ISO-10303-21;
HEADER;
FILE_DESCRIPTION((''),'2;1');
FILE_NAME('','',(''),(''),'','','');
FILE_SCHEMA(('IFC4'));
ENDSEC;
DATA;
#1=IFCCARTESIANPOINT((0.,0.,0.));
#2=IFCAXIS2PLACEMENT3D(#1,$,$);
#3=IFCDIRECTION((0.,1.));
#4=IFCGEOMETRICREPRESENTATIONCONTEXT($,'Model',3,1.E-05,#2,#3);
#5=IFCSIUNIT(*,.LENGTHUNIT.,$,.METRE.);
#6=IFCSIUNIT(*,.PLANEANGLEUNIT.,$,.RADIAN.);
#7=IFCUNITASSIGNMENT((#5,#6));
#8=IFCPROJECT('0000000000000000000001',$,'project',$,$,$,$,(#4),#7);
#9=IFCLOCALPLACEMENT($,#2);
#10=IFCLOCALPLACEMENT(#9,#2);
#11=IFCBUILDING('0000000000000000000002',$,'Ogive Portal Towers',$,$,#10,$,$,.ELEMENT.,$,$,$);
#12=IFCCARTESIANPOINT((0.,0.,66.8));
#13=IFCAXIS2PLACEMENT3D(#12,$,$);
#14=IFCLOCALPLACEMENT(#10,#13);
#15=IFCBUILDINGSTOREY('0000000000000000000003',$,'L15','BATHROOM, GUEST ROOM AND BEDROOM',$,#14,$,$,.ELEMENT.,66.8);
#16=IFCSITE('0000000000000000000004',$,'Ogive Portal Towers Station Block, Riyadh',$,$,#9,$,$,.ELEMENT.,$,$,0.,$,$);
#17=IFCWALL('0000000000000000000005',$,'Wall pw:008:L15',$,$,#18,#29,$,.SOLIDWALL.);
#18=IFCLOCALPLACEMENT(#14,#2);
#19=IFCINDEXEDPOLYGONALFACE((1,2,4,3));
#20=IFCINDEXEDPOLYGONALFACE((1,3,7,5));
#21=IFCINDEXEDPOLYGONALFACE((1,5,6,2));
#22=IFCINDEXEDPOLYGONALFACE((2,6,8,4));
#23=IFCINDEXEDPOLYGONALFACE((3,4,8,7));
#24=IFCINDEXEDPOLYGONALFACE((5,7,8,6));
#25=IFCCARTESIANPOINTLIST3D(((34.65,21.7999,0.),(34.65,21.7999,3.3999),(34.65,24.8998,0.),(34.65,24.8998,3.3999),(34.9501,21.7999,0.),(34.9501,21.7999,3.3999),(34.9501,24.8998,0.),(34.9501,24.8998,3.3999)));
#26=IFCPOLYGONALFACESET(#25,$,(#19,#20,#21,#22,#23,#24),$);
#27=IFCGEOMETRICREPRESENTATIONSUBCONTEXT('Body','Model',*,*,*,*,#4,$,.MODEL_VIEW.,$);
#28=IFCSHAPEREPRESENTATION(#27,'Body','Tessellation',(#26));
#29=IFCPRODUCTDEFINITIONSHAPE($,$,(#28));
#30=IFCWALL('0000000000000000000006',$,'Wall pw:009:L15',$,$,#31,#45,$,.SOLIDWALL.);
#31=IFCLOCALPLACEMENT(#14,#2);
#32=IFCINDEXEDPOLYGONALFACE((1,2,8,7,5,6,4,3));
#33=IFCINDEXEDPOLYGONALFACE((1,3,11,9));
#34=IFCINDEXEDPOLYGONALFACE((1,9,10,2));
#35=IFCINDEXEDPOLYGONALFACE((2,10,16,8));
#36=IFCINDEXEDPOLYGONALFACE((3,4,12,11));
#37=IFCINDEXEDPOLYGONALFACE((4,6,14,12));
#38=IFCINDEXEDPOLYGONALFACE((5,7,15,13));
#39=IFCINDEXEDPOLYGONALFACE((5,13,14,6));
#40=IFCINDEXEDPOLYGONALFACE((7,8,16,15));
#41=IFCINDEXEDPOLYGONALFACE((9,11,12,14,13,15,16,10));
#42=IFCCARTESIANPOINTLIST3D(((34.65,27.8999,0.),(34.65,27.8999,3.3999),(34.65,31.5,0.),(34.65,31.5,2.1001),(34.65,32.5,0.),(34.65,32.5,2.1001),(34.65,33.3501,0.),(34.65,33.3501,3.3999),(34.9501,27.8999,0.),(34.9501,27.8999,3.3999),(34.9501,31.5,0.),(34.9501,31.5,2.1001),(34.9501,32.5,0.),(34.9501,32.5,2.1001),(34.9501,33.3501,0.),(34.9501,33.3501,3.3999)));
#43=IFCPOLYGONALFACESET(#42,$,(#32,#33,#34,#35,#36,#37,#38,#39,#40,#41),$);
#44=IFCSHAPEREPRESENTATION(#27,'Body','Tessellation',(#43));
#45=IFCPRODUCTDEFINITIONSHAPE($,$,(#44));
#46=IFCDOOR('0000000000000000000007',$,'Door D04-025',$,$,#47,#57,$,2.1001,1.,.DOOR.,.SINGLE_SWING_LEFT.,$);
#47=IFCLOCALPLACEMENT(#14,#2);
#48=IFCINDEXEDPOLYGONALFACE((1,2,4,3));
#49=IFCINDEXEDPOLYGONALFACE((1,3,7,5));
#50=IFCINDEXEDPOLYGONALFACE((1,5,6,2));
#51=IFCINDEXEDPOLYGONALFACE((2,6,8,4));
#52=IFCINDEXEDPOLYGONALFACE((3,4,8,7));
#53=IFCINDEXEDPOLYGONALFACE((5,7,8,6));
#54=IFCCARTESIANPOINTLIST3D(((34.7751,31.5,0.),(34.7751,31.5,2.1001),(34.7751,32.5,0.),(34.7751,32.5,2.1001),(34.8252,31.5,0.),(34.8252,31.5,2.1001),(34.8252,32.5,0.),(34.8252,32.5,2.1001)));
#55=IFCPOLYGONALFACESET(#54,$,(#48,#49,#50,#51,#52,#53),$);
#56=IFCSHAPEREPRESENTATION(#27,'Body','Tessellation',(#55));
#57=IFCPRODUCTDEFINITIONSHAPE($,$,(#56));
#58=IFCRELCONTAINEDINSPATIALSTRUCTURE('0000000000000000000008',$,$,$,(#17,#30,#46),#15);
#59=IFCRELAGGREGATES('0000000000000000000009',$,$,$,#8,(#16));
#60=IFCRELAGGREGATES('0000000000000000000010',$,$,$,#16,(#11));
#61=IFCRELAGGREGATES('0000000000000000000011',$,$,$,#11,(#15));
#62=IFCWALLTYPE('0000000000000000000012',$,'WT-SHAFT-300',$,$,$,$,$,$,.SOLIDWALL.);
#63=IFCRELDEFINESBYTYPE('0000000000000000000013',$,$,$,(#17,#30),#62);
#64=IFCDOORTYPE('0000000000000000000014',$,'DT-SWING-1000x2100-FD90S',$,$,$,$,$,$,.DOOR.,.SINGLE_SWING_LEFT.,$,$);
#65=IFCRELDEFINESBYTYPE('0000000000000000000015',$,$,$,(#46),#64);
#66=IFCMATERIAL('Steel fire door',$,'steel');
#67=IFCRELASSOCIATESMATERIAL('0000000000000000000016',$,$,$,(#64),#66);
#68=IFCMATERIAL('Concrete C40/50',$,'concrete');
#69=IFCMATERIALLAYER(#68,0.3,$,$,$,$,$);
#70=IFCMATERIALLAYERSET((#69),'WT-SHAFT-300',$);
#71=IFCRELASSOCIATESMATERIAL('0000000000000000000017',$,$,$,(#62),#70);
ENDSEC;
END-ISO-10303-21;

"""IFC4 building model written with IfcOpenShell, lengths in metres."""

from ifc_helpers import new_model, si_unit, direction, frame, frame_2d, origin, place, context, subcontext, project, spatial, rectangle, extrude, material, layer, layer_set, type_object, element, fill, save


model = new_model("IFC4")

# Units and contexts
model_context = context("Model", 3, precision=1e-05, world=origin(), true_north=direction((0.0, 1.0)))
body_context = subcontext(model_context, "Body", "Model", "MODEL_VIEW")
ifc_project = project(units=[si_unit("LENGTHUNIT", "METRE"), si_unit("PLANEANGLEUNIT", "RADIAN")], contexts=[model_context])

# Site, building, storey
site_placement = place(None, origin())
site = spatial("IfcSite", under=ifc_project, at=site_placement, Name="Ogive Portal Towers Station Block, Riyadh", CompositionType="ELEMENT", RefElevation=0.0)
building_placement = place(site_placement, origin())
building = spatial("IfcBuilding", under=site, at=building_placement, Name="Ogive Portal Towers", CompositionType="ELEMENT")
storey_placement = place(building_placement, frame((0.0, 0.0, 66.8)))
storey = spatial("IfcBuildingStorey", under=building, at=storey_placement, Name="L15", Description="BATHROOM, GUEST ROOM AND BEDROOM", CompositionType="ELEMENT", Elevation=66.8)

# Shared definitions
ifc_material_1 = material(Name="Steel fire door", Category="steel")
door_type_1 = type_object("IfcDoorType", Name="DT-SWING-1000x2100-FD90S", OperationType="SINGLE_SWING_LEFT", PredefinedType="DOOR", material=ifc_material_1)

# Shared definitions
ifc_material_2 = material(Name="Concrete C40/50", Category="concrete")
ifc_layer_1 = layer(ifc_material_2, 0.3)
ifc_layer_set_1 = layer_set([ifc_layer_1], Name="WT-SHAFT-300")
wall_type_1 = type_object("IfcWallType", Name="WT-SHAFT-300", PredefinedType="SOLIDWALL", material=ifc_layer_set_1)

# Wall
wall_1_placement = place(storey_placement, frame((34.8, 21.8, 0.0), z_axis=(0.0, 0.0, 1.0), x_axis=(0.0, 1.0, 0.0)))
element("IfcWall", 1, at=wall_1_placement, inside=storey, type_object=wall_type_1, Name="Wall pw:008:L15", PredefinedType="SOLIDWALL", context=body_context, shape_type="SweptSolid", body=[
    extrude(rectangle(XDim=3.0999, YDim=0.3, at=frame_2d((1.5498, 0.0))), origin(), (0.0, 0.0, 1.0), 3.3999),
])

# Wall, opening, door
wall_2_placement = place(storey_placement, frame((34.8, 27.8999, 0.0), z_axis=(0.0, 0.0, 1.0), x_axis=(0.0, 1.0, 0.0)))
wall_2 = element("IfcWall", 2, at=wall_2_placement, inside=storey, type_object=wall_type_1, Name="Wall pw:009:L15", PredefinedType="SOLIDWALL", context=body_context, shape_type="SweptSolid", body=[
    extrude(rectangle(XDim=5.4502, YDim=0.3, at=frame_2d((2.7251, 0.0))), origin(), (0.0, 0.0, 1.0), 3.3999),
])
opening_1_placement = place(wall_2_placement, frame((3.6001, 0.0, 0.0)))
opening_1 = element("IfcOpeningElement", 3, at=opening_1_placement, cuts=wall_2, PredefinedType="OPENING", context=body_context, shape_type="SweptSolid", body=[
    extrude(rectangle(XDim=1.0, YDim=2.1001, at=frame_2d((0.5, 1.05))), frame((0.0, 0.1602, 0.0), z_axis=(0.0, -1.0, 0.0), x_axis=(1.0, 0.0, 0.0)), (0.0, 0.0, 1.0), 0.3201),
])
door_1_placement = place(opening_1_placement, origin())
door_1 = element("IfcDoor", 4, at=door_1_placement, inside=storey, type_object=door_type_1, Name="Door D04-025", OperationType="SINGLE_SWING_LEFT", OverallHeight=2.1001, OverallWidth=1.0, PredefinedType="DOOR", context=body_context, shape_type="SweptSolid", body=[
    extrude(rectangle(XDim=1.0, YDim=2.1001, at=frame_2d((0.5, 1.05))), frame((0.0, 0.0249, 0.0), z_axis=(0.0, -1.0, 0.0), x_axis=(1.0, 0.0, 0.0)), (0.0, 0.0, 1.0), 0.05),
])
fill(opening_1, door_1)

save(model, "model.ifc")
